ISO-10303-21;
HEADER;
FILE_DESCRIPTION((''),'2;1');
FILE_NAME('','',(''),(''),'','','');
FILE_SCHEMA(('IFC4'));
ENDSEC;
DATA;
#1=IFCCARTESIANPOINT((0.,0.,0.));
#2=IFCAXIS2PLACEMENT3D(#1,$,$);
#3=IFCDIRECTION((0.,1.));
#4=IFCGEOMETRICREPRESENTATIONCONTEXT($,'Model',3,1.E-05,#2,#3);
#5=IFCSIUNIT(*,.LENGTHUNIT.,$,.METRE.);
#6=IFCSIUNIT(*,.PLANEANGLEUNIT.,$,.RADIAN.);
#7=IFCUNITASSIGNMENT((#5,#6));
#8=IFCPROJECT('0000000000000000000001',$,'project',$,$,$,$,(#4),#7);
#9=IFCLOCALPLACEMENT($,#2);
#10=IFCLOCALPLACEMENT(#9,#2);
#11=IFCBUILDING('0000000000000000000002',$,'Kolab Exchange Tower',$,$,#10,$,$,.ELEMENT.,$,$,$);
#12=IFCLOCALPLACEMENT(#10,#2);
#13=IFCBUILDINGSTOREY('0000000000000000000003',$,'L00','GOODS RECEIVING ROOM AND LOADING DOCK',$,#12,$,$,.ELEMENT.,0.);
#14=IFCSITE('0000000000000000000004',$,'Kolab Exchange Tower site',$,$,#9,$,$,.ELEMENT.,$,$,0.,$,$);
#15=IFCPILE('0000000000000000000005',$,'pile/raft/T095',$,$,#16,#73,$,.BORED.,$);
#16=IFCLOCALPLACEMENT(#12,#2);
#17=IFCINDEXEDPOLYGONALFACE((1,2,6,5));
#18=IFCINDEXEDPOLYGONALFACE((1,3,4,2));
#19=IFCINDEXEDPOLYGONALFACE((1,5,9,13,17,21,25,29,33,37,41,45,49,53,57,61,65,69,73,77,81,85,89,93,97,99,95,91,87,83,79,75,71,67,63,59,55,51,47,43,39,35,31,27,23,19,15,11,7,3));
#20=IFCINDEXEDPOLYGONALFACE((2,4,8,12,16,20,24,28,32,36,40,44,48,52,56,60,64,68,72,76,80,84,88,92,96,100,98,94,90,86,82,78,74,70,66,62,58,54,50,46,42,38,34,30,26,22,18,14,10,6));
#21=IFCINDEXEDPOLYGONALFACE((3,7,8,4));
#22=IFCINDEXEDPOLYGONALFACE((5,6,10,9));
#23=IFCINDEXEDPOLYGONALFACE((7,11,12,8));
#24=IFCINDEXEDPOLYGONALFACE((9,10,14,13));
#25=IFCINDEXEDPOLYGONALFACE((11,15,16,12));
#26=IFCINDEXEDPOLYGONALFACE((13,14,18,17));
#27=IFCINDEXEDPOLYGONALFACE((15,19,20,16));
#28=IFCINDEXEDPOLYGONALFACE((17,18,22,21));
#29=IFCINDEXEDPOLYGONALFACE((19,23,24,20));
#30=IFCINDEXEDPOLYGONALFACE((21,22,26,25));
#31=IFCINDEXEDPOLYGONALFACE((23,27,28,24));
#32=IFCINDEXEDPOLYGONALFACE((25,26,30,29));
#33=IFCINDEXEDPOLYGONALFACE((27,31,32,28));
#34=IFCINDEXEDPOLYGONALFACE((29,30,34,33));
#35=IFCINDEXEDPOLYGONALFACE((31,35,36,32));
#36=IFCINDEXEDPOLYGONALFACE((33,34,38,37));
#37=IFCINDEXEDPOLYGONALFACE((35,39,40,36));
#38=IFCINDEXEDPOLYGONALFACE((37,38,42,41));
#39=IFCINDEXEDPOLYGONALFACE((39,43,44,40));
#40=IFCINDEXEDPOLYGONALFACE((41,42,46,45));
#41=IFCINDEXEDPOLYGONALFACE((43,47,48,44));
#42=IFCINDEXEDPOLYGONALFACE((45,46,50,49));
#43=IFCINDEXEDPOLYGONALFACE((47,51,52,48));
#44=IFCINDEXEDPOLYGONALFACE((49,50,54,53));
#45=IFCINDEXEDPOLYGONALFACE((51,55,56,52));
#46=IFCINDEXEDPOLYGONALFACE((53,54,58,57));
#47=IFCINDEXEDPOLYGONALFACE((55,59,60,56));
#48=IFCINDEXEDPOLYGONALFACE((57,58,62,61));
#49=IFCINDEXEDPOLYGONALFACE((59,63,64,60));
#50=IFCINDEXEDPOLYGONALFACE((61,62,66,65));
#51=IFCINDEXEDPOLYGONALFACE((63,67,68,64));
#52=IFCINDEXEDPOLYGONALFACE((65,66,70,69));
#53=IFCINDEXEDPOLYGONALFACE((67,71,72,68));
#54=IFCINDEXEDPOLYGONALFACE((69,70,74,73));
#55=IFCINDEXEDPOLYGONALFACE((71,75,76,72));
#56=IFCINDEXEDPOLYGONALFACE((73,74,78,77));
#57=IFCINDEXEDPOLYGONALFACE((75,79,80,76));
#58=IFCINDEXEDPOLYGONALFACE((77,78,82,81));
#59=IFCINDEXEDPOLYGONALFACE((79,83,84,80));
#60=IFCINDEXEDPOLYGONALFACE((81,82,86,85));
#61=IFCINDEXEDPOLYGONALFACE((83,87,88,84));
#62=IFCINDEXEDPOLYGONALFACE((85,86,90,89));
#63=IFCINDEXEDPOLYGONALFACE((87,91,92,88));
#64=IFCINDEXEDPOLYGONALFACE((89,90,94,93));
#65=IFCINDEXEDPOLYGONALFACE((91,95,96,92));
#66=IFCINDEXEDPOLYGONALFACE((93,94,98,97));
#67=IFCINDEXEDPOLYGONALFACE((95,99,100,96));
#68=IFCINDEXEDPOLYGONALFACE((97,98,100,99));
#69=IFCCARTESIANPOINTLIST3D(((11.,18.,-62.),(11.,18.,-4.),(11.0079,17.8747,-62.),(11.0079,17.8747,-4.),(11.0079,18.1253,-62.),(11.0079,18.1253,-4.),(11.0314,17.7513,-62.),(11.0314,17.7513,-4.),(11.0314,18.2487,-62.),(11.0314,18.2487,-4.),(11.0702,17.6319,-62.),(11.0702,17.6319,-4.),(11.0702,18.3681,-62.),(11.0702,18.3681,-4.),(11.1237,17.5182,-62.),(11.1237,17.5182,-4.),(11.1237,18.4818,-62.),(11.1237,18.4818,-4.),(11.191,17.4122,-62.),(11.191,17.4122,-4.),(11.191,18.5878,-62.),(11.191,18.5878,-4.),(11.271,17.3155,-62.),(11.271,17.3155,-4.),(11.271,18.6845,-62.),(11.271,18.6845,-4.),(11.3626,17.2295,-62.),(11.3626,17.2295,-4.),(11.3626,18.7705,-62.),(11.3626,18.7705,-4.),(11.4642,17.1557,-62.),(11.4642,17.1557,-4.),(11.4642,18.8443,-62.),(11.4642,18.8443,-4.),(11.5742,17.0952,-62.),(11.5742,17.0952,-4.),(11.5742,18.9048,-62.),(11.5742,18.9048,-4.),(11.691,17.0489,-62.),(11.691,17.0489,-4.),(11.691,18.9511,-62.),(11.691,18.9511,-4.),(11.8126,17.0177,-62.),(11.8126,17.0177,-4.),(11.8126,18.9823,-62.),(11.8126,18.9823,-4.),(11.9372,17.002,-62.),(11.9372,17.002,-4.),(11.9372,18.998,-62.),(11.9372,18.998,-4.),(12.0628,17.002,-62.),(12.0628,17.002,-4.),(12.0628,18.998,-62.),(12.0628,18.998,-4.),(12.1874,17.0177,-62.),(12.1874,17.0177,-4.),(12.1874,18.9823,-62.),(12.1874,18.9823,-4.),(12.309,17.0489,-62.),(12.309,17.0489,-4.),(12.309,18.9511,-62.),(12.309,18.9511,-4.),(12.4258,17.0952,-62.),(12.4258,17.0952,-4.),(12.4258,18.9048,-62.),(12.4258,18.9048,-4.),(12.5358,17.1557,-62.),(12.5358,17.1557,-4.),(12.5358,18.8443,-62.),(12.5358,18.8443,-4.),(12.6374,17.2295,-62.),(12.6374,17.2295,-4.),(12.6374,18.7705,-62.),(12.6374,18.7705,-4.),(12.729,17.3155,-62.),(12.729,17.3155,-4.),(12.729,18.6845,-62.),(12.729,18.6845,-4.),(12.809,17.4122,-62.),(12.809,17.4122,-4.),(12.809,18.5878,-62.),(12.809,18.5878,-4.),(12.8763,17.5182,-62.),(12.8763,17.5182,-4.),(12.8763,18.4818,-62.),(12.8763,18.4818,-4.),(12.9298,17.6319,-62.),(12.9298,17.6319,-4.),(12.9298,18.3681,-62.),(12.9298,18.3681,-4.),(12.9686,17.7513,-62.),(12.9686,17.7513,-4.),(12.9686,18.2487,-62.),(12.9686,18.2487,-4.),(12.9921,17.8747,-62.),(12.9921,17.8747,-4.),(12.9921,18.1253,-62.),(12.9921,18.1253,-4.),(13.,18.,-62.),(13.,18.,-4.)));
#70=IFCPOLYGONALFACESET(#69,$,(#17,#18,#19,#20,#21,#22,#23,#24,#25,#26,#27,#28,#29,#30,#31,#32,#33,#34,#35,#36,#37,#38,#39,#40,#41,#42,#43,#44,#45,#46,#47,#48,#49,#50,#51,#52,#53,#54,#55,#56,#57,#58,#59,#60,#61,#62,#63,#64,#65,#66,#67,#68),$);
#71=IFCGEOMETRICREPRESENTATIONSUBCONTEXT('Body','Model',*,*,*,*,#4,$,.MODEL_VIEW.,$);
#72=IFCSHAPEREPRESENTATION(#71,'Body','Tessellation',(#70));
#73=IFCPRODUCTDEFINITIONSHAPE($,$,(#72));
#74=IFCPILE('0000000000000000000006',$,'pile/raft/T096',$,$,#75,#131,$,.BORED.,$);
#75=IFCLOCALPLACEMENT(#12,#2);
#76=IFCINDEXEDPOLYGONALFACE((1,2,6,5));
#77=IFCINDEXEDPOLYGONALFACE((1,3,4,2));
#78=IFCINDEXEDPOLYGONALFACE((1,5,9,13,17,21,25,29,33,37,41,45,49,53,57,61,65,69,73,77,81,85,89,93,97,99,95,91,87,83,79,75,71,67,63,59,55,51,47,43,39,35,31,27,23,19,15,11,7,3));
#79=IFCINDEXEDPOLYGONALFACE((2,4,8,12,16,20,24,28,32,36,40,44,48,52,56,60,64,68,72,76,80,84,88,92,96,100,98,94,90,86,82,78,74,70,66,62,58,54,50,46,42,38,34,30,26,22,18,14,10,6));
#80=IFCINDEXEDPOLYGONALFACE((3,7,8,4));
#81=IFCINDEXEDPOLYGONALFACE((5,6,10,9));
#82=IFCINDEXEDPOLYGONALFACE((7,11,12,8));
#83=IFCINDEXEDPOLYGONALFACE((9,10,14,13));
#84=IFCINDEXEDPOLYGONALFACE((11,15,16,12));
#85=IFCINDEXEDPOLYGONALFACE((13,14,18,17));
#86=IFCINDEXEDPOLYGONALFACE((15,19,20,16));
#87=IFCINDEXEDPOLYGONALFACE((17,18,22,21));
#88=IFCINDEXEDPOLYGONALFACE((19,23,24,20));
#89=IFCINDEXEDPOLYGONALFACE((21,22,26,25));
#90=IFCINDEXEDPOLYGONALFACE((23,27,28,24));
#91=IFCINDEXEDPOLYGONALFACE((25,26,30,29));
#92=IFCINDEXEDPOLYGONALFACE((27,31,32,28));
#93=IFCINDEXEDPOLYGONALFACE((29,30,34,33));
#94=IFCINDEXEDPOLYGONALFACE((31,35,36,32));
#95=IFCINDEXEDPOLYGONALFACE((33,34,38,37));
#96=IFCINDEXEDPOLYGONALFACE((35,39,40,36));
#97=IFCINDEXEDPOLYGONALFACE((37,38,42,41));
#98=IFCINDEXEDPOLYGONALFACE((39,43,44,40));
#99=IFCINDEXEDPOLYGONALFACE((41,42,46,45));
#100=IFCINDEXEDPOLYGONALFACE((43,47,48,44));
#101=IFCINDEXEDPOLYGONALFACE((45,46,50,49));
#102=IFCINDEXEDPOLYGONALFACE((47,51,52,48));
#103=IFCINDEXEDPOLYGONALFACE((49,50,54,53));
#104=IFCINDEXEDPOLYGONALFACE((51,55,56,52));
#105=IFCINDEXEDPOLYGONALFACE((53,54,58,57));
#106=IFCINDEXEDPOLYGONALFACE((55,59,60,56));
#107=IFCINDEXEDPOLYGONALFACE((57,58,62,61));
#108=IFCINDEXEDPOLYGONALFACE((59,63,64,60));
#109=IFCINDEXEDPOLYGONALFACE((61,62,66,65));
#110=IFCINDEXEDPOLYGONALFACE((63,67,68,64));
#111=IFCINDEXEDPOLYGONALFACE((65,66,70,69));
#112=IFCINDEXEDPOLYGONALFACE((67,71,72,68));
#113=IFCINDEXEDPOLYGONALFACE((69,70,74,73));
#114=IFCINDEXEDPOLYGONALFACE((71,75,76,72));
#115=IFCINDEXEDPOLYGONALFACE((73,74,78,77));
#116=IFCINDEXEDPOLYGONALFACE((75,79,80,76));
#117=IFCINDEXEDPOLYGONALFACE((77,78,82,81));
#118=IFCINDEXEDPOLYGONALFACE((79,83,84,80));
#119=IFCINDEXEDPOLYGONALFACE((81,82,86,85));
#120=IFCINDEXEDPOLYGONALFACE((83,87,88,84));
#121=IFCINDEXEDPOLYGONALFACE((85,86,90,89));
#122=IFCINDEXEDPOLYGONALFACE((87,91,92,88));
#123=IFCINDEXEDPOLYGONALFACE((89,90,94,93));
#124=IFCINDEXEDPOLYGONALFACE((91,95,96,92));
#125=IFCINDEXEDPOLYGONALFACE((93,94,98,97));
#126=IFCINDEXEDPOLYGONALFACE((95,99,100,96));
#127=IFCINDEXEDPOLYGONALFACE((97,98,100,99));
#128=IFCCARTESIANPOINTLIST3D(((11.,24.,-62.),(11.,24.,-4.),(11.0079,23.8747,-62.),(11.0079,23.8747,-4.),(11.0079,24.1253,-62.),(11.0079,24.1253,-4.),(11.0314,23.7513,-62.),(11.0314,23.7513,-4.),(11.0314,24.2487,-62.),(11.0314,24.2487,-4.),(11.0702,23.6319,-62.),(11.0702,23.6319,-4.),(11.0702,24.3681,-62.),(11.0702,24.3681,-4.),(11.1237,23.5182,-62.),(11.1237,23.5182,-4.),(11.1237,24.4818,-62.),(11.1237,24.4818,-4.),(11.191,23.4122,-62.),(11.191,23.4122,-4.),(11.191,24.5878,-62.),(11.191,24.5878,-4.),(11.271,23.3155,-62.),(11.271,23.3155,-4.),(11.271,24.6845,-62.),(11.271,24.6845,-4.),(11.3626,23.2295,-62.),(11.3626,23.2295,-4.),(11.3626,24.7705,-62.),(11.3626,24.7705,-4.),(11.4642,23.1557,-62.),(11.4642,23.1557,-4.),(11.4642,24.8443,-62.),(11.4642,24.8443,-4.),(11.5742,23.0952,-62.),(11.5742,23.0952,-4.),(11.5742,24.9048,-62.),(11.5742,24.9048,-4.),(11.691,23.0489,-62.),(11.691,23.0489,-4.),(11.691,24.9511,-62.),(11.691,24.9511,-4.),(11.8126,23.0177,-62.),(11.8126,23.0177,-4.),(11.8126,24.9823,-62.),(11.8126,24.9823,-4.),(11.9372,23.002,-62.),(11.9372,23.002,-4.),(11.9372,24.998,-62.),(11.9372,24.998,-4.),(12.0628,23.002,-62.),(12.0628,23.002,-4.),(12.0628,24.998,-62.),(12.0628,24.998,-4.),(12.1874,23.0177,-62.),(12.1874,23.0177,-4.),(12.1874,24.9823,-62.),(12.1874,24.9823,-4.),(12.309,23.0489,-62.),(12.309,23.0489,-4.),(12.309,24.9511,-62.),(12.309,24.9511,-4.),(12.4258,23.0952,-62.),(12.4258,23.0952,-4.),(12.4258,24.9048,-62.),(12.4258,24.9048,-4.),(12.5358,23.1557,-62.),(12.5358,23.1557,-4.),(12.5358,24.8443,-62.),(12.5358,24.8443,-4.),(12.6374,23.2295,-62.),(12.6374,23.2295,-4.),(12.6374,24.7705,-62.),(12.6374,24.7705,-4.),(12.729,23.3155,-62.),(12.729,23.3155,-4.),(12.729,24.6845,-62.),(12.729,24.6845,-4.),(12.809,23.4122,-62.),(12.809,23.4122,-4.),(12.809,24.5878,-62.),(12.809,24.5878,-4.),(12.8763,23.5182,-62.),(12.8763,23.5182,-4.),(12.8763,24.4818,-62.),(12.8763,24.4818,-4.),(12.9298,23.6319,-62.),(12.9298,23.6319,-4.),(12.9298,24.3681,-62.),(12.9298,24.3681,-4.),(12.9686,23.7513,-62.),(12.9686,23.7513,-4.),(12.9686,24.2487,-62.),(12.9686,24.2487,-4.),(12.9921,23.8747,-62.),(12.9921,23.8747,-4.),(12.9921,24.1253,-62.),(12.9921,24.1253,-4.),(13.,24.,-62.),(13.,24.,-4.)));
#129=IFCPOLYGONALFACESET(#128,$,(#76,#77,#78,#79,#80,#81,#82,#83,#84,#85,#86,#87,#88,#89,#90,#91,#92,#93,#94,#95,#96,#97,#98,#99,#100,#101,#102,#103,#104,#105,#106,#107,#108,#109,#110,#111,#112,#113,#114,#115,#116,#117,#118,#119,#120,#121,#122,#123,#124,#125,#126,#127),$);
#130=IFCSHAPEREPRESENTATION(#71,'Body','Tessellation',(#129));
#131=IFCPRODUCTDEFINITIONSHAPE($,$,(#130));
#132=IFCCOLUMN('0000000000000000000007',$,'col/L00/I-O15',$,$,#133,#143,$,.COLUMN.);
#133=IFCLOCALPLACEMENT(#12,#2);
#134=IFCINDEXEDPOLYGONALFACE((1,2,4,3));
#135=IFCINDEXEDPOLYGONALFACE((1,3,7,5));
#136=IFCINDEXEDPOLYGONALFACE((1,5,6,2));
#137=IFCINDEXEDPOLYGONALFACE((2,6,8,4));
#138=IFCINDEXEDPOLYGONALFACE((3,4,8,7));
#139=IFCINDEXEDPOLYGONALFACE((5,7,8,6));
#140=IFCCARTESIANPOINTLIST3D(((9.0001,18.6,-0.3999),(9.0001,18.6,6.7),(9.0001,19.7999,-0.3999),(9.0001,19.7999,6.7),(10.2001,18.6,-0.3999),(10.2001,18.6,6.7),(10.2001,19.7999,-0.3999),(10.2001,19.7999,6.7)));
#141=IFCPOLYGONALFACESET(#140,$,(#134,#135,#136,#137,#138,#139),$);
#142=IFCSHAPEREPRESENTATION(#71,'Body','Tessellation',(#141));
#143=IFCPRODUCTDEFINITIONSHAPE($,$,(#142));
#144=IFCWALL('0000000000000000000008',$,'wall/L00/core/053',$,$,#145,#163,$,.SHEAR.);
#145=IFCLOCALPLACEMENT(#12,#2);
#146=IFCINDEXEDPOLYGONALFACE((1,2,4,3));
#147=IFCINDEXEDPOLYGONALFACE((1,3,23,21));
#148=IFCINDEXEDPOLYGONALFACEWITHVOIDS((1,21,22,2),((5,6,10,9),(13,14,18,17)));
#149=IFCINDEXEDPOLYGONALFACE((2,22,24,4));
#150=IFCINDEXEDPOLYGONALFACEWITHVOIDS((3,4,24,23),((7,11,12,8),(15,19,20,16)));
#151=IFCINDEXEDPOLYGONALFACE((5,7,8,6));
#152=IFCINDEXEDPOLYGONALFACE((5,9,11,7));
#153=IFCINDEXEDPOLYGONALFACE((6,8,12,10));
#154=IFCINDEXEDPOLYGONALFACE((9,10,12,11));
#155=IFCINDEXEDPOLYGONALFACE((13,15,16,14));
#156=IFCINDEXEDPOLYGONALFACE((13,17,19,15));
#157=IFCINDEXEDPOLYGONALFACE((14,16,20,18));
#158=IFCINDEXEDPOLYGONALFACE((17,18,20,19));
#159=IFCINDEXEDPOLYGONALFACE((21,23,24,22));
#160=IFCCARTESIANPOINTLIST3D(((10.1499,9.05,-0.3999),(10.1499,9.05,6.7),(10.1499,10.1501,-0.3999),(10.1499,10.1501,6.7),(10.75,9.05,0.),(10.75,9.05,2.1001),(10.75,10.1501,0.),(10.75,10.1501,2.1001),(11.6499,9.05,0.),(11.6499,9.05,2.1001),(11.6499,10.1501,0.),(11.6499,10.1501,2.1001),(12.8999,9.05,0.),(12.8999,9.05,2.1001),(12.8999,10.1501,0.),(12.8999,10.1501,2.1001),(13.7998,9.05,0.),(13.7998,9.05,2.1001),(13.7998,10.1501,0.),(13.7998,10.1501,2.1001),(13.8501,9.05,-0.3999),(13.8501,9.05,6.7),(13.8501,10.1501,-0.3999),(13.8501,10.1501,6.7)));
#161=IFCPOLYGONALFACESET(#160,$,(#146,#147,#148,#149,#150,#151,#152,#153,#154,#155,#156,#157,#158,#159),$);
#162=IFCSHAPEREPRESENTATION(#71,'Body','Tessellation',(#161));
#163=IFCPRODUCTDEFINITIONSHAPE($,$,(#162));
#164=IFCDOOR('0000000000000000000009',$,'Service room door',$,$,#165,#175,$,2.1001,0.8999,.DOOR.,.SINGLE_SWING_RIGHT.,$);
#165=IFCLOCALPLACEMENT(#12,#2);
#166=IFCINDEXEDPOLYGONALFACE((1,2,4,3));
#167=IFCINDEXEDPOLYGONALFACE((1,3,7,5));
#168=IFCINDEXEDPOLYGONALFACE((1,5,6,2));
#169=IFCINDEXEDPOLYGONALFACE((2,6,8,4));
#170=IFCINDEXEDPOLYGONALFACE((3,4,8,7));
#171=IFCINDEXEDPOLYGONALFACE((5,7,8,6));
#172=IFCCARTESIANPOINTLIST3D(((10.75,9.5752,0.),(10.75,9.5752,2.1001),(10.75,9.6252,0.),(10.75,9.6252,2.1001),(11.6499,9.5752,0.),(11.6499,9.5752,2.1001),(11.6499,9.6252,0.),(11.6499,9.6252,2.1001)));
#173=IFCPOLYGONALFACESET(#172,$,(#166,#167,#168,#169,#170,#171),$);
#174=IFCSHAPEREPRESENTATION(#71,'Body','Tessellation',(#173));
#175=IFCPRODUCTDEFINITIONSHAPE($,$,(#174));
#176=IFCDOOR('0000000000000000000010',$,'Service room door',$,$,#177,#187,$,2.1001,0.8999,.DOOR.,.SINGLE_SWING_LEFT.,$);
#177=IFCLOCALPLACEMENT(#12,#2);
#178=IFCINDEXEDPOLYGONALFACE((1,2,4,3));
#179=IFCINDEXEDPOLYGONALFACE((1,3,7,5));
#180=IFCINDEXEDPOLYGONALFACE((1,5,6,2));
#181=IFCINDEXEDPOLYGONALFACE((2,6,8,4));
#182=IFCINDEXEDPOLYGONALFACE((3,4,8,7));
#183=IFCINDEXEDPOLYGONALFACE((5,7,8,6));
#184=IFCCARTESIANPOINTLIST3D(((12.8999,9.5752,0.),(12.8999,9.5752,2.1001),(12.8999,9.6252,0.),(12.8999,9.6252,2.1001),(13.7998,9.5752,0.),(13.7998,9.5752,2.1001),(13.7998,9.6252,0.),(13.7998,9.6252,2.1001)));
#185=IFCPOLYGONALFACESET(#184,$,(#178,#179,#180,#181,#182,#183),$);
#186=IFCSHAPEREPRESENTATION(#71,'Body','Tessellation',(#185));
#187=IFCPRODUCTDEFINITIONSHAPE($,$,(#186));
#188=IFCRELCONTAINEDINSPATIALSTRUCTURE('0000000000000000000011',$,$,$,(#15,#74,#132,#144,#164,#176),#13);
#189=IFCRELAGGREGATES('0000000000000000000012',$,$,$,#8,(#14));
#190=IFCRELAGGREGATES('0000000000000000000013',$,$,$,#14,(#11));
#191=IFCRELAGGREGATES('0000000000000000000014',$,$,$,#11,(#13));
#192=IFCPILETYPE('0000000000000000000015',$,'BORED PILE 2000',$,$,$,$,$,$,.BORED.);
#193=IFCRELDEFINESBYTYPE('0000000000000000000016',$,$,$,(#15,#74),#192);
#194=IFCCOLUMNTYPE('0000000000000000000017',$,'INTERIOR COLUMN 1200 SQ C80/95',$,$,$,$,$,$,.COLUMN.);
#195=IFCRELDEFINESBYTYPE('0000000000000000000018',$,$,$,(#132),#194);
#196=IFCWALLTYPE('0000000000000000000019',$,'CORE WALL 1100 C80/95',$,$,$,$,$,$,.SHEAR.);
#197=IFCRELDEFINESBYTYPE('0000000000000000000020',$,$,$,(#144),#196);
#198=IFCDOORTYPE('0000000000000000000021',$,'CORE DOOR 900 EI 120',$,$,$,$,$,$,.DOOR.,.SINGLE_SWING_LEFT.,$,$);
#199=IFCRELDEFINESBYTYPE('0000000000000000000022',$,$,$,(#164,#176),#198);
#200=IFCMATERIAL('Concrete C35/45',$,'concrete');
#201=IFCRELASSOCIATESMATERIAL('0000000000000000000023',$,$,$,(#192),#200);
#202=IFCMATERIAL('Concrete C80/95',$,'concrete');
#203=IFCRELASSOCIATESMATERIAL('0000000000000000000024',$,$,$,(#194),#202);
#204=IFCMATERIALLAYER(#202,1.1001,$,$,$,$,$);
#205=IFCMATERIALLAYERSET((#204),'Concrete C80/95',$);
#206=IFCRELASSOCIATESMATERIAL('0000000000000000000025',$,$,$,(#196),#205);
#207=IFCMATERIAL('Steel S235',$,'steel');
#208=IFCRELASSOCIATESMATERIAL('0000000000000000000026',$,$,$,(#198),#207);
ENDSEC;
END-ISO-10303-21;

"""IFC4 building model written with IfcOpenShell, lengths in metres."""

from ifc_helpers import new_model, si_unit, direction, frame, frame_2d, origin, origin_2d, place, context, subcontext, project, spatial, rectangle, circle, extrude, material, layer, layer_set, material_profile, profile_set, type_object, element, fill, save


model = new_model("IFC4")

# Units and contexts
model_context = context("Model", 3, precision=1e-05, world=origin(), true_north=direction((0.0, 1.0)))
body_context = subcontext(model_context, "Body", "Model", "MODEL_VIEW")
ifc_project = project(units=[si_unit("LENGTHUNIT", "METRE"), si_unit("PLANEANGLEUNIT", "RADIAN")], contexts=[model_context])

# Site, building, storey
site_placement = place(None, origin())
site = spatial("IfcSite", under=ifc_project, at=site_placement, Name="Kolab Exchange Tower site", CompositionType="ELEMENT", RefElevation=0.0)
building_placement = place(site_placement, origin())
building = spatial("IfcBuilding", under=site, at=building_placement, Name="Kolab Exchange Tower", CompositionType="ELEMENT")
storey_placement = place(building_placement, origin())
storey = spatial("IfcBuildingStorey", under=building, at=storey_placement, Name="L00", Description="GOODS RECEIVING ROOM AND LOADING DOCK", CompositionType="ELEMENT", Elevation=0.0)

# Piles
ifc_material_1 = material(Name="Concrete C35/45", Category="concrete")
ifc_material_profile_1 = material_profile(ifc_material_1, circle(Radius=1.0, at=origin_2d()), Name="BP2000")
ifc_profile_set_1 = profile_set([ifc_material_profile_1], Name="Concrete C35/45")
pile_type = type_object("IfcPileType", Name="BORED PILE 2000", PredefinedType="BORED", material=ifc_profile_set_1)
for number, where, z_axis, x_axis, name in (
    (1, (12.0, 18.0, -4.0), (0.0, 0.0, -1.0), (1.0, 0.0, 0.0), "pile/raft/T095"),
    (2, (12.0, 24.0, -4.0), (0.0, 0.0, -1.0), (1.0, 0.0, 0.0), "pile/raft/T096"),
):
    element("IfcPile", number, at=place(storey_placement, frame(where, z_axis=z_axis, x_axis=x_axis)), inside=storey, type_object=pile_type, Name=name, PredefinedType="BORED", context=body_context, shape_type="SweptSolid", body=[
        extrude(circle(Radius=1.0, at=origin_2d()), origin(), (0.0, 0.0, 1.0), 58.0),
    ])

# Column
ifc_material_2 = material(Name="Concrete C80/95", Category="concrete")
ifc_material_profile_2 = material_profile(ifc_material_2, rectangle(XDim=1.2, YDim=1.2, at=origin_2d()), Name="RC1200")
ifc_profile_set_2 = profile_set([ifc_material_profile_2], Name="Concrete C80/95")
column_type = type_object("IfcColumnType", Name="INTERIOR COLUMN 1200 SQ C80/95", PredefinedType="COLUMN", material=ifc_profile_set_2)
column_placement = place(storey_placement, frame((9.6001, 19.2, -0.3999), z_axis=(0.0, 0.0, 1.0), x_axis=(1.0, 0.0, 0.0)))
element("IfcColumn", 3, at=column_placement, inside=storey, type_object=column_type, Name="col/L00/I-O15", PredefinedType="COLUMN", context=body_context, shape_type="SweptSolid", body=[
    extrude(rectangle(XDim=1.2, YDim=1.2, at=origin_2d()), origin(), (0.0, 0.0, 1.0), 7.0999),
])

# Wall, openings, doors
ifc_layer_1 = layer(ifc_material_2, 1.1001)
ifc_layer_set_1 = layer_set([ifc_layer_1], Name="Concrete C80/95")
wall_type_1 = type_object("IfcWallType", Name="CORE WALL 1100 C80/95", PredefinedType="SHEAR", material=ifc_layer_set_1)
wall_1_placement = place(storey_placement, frame((10.1499, 9.6001, -0.3999), z_axis=(0.0, 0.0, 1.0), x_axis=(1.0, 0.0, 0.0)))
wall_1 = element("IfcWall", 4, at=wall_1_placement, inside=storey, type_object=wall_type_1, Name="wall/L00/core/053", PredefinedType="SHEAR", context=body_context, shape_type="SweptSolid", body=[
    extrude(rectangle(XDim=3.7002, YDim=1.1001, at=frame_2d((1.8501, 0.0))), origin(), (0.0, 0.0, 1.0), 7.0999),
])
opening_1_placement = place(wall_1_placement, frame((0.6001, 0.0, 0.3999)))
opening_1 = element("IfcOpeningElement", 5, at=opening_1_placement, cuts=wall_1, PredefinedType="OPENING", context=body_context, shape_type="SweptSolid", body=[
    extrude(rectangle(XDim=0.8999, YDim=2.1001, at=frame_2d((0.45, 1.05))), frame((0.0, 0.5601, 0.0), z_axis=(0.0, -1.0, 0.0), x_axis=(1.0, 0.0, 0.0)), (0.0, 0.0, 1.0), 1.1201),
])
opening_2_placement = place(wall_1_placement, frame((2.75, 0.0, 0.3999)))
opening_2 = element("IfcOpeningElement", 6, at=opening_2_placement, cuts=wall_1, PredefinedType="OPENING", context=body_context, shape_type="SweptSolid", body=[
    extrude(rectangle(XDim=0.8999, YDim=2.1001, at=frame_2d((0.45, 1.05))), frame((0.0, 0.5601, 0.0), z_axis=(0.0, -1.0, 0.0), x_axis=(1.0, 0.0, 0.0)), (0.0, 0.0, 1.0), 1.1201),
])
ifc_material_3 = material(Name="Steel S235", Category="steel")
door_type = type_object("IfcDoorType", Name="CORE DOOR 900 EI 120", OperationType="SINGLE_SWING_LEFT", PredefinedType="DOOR", material=ifc_material_3)
door_1_placement = place(opening_1_placement, frame((0.8999, 0.0, 0.0), z_axis=(0.0, 0.0, 1.0), x_axis=(-1.0, 0.0, 0.0)))
door_1 = element("IfcDoor", 7, at=door_1_placement, inside=storey, type_object=door_type, Name="Service room door", OperationType="SINGLE_SWING_RIGHT", OverallHeight=2.1001, OverallWidth=0.8999, PredefinedType="DOOR", context=body_context, shape_type="SweptSolid", body=[
    extrude(rectangle(XDim=0.8999, YDim=2.1001, at=frame_2d((0.45, 1.05))), frame((0.0, 0.0249, 0.0), z_axis=(0.0, -1.0, 0.0), x_axis=(1.0, 0.0, 0.0)), (0.0, 0.0, 1.0), 0.05),
])
fill(opening_1, door_1)
door_2_placement = place(opening_2_placement, frame((0.8999, 0.0, 0.0), z_axis=(0.0, 0.0, 1.0), x_axis=(-1.0, 0.0, 0.0)))
door_2 = element("IfcDoor", 8, at=door_2_placement, inside=storey, type_object=door_type, Name="Service room door", OperationType="SINGLE_SWING_LEFT", OverallHeight=2.1001, OverallWidth=0.8999, PredefinedType="DOOR", context=body_context, shape_type="SweptSolid", body=[
    extrude(rectangle(XDim=0.8999, YDim=2.1001, at=frame_2d((0.45, 1.05))), frame((0.0, 0.0249, 0.0), z_axis=(0.0, -1.0, 0.0), x_axis=(1.0, 0.0, 0.0)), (0.0, 0.0, 1.0), 0.05),
])
fill(opening_2, door_2)

save(model, "model.ifc")
